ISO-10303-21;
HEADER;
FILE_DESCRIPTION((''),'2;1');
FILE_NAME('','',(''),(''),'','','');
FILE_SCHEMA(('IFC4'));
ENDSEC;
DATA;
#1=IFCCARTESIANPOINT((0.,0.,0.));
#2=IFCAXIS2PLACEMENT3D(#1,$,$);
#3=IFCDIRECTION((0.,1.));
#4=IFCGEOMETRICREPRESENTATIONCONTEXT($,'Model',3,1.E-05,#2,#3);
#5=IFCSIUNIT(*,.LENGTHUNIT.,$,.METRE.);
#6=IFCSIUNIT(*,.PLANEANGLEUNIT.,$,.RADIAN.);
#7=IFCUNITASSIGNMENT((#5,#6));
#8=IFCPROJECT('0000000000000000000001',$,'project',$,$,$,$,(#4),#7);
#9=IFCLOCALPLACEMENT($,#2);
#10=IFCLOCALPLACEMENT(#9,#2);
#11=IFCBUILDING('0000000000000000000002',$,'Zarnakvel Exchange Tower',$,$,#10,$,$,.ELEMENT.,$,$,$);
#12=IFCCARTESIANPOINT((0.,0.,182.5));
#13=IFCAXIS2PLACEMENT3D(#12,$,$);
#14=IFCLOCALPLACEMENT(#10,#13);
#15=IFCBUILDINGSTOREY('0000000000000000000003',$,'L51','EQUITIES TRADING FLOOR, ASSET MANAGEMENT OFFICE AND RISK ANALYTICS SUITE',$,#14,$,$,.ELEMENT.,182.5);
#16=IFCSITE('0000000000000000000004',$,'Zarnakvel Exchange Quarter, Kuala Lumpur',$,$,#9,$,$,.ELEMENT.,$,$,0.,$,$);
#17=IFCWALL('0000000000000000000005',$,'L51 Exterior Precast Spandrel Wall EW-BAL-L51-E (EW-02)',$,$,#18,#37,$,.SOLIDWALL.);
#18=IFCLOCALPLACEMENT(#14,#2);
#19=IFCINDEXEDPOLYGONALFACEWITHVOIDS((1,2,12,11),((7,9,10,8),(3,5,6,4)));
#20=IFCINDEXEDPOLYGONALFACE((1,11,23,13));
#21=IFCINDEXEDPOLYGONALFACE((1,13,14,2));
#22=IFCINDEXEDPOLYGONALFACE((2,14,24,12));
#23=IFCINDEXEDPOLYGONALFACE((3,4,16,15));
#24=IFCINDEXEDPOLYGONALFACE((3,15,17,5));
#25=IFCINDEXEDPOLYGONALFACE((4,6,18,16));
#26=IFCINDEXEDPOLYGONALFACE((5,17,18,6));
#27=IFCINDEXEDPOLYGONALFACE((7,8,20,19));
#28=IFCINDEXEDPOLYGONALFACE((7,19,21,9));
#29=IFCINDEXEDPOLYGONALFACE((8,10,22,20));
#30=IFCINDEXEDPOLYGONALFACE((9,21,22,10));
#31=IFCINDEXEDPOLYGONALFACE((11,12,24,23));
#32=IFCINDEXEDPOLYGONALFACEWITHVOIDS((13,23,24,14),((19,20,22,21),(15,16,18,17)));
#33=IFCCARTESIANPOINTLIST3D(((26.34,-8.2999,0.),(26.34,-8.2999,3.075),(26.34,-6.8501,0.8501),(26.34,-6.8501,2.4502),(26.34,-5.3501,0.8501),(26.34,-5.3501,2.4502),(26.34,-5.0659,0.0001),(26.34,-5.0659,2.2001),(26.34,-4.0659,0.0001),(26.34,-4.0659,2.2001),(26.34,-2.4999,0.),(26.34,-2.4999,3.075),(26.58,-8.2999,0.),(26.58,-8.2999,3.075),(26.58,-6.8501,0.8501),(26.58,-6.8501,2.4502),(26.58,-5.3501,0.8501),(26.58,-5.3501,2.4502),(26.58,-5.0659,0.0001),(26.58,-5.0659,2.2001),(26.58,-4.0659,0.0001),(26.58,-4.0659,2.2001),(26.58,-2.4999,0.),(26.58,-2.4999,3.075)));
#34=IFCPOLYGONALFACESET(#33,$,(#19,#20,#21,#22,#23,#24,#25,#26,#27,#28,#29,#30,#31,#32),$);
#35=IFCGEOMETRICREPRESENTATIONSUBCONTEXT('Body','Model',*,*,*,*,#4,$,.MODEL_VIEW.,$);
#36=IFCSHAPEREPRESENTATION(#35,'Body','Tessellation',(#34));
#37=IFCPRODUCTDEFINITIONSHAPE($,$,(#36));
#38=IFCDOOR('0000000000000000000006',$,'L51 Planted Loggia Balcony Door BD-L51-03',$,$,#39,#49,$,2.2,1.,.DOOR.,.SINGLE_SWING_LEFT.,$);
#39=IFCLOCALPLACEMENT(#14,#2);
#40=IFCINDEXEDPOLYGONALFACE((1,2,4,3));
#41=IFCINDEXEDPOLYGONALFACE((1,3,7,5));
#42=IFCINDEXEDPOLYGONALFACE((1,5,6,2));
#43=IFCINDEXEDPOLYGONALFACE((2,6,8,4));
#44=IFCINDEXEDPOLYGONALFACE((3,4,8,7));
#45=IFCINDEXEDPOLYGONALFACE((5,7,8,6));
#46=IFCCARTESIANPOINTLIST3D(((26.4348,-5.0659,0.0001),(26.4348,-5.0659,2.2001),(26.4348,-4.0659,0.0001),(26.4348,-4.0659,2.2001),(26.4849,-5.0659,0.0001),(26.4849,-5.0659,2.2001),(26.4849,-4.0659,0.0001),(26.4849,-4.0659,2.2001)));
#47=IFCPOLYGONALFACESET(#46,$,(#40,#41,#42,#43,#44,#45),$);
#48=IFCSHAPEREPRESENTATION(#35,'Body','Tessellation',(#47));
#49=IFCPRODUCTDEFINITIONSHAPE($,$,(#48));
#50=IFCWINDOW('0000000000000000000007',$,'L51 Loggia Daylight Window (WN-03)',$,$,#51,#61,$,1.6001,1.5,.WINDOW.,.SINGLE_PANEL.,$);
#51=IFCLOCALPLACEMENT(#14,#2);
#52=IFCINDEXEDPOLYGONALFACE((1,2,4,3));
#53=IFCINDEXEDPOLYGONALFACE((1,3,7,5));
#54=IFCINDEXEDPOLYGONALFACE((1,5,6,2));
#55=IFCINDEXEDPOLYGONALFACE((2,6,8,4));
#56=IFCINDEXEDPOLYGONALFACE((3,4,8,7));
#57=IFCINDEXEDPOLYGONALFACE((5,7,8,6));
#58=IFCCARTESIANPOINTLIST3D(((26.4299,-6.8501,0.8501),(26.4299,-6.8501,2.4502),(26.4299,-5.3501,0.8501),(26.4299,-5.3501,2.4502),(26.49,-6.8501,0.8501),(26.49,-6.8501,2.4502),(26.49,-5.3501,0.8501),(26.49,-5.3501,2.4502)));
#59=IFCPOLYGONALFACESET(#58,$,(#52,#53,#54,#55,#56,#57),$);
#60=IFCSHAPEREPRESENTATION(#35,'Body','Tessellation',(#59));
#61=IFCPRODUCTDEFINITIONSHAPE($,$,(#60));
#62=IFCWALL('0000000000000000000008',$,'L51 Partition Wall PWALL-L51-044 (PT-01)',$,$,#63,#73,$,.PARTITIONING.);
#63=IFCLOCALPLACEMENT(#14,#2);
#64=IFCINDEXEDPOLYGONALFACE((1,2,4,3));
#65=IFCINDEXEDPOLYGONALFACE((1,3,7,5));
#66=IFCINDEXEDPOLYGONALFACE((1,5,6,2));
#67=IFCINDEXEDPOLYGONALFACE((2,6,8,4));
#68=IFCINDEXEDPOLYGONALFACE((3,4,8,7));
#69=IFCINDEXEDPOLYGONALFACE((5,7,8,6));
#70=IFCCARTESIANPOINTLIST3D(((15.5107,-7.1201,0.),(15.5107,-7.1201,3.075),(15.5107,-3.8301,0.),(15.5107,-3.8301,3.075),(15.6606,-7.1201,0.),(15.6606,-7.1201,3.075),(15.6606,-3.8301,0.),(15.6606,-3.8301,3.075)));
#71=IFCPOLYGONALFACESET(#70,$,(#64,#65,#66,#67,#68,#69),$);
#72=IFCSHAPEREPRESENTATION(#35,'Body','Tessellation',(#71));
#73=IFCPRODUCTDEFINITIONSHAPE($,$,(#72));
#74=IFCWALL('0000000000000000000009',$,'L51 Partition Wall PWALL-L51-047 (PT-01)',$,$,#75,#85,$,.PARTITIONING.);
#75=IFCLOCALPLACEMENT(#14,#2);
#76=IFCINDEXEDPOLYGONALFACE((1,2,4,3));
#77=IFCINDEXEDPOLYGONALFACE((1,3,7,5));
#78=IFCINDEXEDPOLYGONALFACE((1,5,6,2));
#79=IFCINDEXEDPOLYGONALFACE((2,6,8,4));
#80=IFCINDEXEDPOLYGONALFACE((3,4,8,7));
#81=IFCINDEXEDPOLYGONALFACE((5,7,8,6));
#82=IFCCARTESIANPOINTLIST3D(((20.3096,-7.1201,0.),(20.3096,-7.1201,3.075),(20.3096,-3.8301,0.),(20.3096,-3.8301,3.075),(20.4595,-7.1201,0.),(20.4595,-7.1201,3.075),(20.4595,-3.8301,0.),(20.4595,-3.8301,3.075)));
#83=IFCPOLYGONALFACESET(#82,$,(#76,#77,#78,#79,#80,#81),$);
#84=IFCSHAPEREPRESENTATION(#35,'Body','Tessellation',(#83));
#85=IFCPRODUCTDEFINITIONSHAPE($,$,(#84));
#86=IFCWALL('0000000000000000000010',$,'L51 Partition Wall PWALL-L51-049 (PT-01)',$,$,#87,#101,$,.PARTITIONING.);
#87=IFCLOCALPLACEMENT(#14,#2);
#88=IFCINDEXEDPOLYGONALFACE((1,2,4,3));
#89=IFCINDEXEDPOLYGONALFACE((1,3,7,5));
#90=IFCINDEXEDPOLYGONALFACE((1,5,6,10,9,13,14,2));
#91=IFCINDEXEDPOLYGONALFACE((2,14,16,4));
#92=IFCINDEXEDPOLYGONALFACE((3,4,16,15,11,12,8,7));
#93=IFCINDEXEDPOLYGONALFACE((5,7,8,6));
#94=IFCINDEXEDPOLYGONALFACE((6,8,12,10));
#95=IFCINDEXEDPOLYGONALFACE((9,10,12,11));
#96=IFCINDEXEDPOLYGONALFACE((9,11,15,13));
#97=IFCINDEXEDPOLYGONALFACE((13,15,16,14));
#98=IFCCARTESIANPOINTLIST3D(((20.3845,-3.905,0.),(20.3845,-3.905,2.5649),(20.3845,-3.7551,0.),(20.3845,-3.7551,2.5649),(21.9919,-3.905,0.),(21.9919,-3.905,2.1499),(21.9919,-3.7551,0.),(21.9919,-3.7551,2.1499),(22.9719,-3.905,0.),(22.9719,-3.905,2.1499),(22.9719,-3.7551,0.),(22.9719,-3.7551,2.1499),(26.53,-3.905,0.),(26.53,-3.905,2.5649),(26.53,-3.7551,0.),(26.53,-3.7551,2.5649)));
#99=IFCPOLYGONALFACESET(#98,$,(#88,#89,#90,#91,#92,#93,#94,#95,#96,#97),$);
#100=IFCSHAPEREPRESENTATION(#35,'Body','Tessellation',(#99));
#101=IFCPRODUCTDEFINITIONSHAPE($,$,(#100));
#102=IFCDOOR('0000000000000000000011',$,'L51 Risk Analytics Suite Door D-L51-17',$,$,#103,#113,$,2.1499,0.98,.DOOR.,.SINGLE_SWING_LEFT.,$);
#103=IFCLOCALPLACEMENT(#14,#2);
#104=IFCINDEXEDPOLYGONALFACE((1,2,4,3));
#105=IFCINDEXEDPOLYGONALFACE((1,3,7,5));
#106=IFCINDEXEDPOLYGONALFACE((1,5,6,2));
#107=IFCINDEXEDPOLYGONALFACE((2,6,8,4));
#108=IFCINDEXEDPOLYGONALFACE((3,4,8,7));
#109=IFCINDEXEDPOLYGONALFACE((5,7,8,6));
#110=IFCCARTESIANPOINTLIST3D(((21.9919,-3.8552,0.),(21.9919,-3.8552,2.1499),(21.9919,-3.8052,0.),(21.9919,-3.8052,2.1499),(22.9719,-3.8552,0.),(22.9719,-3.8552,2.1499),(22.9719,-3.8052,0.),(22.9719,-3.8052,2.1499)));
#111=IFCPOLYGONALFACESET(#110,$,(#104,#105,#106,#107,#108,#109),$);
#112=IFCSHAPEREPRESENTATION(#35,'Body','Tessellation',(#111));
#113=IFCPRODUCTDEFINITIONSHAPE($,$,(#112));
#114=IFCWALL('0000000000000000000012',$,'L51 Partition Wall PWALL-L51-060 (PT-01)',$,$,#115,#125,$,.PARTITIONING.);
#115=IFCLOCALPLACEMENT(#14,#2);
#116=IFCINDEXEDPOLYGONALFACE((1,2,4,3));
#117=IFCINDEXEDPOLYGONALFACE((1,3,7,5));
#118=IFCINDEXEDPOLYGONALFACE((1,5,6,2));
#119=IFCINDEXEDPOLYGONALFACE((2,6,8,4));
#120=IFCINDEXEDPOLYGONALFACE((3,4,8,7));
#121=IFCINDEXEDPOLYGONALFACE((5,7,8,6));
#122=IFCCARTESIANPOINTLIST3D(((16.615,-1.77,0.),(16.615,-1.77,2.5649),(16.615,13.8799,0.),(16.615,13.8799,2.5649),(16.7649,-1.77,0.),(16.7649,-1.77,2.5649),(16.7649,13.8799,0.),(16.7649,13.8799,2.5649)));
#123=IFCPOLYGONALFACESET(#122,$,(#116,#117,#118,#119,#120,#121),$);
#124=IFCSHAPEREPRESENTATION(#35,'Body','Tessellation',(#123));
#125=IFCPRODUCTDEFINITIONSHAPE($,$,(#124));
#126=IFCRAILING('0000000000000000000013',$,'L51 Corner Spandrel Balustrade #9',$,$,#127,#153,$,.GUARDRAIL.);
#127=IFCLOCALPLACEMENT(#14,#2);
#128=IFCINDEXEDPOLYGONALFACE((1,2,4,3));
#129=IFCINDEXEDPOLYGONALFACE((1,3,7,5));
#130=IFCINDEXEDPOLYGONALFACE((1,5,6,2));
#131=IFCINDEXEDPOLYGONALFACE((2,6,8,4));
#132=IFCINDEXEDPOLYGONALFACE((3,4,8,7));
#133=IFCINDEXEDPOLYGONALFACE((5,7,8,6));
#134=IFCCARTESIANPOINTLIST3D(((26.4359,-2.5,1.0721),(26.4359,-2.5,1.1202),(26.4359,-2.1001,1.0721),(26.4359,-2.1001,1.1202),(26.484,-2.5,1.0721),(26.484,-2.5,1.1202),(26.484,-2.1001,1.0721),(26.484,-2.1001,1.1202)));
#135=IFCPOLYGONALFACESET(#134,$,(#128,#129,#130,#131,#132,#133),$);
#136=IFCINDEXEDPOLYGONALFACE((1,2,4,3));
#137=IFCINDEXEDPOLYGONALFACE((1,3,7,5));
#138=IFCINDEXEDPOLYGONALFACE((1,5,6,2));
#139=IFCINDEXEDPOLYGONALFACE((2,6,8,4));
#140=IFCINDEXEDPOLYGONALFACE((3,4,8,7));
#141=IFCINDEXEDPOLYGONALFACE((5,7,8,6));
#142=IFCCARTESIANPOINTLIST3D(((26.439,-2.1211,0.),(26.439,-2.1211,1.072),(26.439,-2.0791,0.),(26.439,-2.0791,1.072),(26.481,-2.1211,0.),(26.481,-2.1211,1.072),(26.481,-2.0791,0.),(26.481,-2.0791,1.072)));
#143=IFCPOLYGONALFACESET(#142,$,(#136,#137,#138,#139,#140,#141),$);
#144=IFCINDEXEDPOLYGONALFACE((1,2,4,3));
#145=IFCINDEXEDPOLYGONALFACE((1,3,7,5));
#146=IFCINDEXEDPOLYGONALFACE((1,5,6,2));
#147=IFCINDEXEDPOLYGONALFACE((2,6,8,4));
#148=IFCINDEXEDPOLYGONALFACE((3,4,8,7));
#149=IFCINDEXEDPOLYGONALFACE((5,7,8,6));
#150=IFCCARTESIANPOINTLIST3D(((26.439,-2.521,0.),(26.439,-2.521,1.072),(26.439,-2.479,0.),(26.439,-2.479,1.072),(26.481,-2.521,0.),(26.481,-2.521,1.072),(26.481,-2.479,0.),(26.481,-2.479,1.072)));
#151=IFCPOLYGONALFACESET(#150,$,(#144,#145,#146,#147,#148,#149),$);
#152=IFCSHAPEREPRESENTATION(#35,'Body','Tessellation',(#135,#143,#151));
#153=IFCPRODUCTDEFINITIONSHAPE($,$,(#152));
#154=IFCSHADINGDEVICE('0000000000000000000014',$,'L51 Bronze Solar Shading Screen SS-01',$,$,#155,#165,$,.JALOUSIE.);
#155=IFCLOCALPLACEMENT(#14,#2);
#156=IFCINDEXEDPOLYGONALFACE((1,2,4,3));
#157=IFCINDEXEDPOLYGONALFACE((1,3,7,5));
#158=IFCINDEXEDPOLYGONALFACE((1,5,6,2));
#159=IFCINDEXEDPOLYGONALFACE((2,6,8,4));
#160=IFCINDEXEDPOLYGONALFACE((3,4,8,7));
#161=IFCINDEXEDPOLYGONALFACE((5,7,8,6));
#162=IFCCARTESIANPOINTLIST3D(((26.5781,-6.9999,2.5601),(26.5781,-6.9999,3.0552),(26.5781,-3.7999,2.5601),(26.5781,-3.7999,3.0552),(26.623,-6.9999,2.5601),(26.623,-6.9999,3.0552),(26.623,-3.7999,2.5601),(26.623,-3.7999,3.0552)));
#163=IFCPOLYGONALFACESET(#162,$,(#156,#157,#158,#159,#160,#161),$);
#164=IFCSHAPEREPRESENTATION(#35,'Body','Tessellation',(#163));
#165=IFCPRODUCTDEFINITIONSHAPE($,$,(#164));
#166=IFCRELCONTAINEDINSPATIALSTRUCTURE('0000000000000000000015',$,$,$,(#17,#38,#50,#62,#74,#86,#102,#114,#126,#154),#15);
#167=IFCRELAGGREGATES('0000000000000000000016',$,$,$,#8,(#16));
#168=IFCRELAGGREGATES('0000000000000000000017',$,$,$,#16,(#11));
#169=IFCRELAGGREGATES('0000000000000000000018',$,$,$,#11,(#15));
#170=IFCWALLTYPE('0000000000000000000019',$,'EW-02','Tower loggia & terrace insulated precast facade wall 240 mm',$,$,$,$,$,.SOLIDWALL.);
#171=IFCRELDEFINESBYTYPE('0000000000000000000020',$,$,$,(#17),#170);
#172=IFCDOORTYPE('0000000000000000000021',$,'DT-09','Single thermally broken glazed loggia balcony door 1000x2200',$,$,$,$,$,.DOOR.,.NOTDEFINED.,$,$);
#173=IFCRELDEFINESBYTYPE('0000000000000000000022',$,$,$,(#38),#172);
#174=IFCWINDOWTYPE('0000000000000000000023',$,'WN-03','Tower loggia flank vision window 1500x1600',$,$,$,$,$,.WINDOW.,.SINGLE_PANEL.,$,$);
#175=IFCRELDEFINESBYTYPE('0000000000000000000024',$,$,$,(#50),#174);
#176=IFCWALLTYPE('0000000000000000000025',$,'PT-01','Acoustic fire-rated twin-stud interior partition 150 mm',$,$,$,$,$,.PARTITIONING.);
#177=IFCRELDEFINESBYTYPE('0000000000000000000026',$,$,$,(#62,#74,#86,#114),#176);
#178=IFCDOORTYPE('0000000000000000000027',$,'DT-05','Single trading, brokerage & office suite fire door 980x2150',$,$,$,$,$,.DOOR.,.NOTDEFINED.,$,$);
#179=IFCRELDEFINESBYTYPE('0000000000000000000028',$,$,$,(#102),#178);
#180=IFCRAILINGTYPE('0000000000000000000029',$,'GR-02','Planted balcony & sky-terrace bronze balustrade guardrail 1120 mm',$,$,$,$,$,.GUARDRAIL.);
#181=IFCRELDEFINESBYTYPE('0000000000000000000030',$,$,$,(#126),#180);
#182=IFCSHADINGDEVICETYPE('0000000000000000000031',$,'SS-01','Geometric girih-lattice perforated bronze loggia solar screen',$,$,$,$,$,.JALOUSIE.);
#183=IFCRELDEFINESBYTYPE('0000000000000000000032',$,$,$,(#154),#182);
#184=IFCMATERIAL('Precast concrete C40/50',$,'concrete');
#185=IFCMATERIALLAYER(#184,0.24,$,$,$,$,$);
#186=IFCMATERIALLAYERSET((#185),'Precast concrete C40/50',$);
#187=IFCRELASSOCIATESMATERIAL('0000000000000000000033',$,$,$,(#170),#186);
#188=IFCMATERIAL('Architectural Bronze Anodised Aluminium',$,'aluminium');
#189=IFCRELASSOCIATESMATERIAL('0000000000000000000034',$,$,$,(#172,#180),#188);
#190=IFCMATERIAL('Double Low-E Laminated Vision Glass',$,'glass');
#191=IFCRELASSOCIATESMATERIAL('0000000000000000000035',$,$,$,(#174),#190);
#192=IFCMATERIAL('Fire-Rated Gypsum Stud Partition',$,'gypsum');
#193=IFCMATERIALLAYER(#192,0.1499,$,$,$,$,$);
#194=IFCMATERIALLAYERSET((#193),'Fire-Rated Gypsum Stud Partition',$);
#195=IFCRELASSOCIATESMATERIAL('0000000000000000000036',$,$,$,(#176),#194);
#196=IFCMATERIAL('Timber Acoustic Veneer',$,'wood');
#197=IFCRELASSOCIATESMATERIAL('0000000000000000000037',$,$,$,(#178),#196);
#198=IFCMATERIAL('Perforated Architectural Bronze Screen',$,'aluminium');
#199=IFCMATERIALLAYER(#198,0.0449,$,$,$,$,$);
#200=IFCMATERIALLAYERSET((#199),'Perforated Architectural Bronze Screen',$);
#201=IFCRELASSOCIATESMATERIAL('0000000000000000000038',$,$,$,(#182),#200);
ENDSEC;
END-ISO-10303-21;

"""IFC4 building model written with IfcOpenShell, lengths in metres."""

from ifc_helpers import new_model, si_unit, direction, frame, frame_2d, origin, origin_2d, place, context, subcontext, project, spatial, rectangle, extrude, source, transform, mapped, material, layer, layer_set, type_object, element, fill, save


model = new_model("IFC4")

# Units and contexts
model_context = context("Model", 3, precision=1e-05, world=origin(), true_north=direction((0.0, 1.0)))
body_context = subcontext(model_context, "Body", "Model", "MODEL_VIEW")
ifc_project = project(units=[si_unit("LENGTHUNIT", "METRE"), si_unit("PLANEANGLEUNIT", "RADIAN")], contexts=[model_context])

# Site, building, storey
site_placement = place(None, origin())
site = spatial("IfcSite", under=ifc_project, at=site_placement, Name="Zarnakvel Exchange Quarter, Kuala Lumpur", CompositionType="ELEMENT", RefElevation=0.0)
building_placement = place(site_placement, origin())
building = spatial("IfcBuilding", under=site, at=building_placement, Name="Zarnakvel Exchange Tower", CompositionType="ELEMENT")
storey_placement = place(building_placement, frame((0.0, 0.0, 182.5)))
storey = spatial("IfcBuildingStorey", under=building, at=storey_placement, Name="L51", Description="EQUITIES TRADING FLOOR, ASSET MANAGEMENT OFFICE AND RISK ANALYTICS SUITE", CompositionType="ELEMENT", Elevation=182.5)

# Shared definitions
ifc_material_1 = material(Name="Architectural Bronze Anodised Aluminium", Category="aluminium")

# Wall, openings, door, window
ifc_material_2 = material(Name="Precast concrete C40/50", Category="concrete")
ifc_layer_1 = layer(ifc_material_2, 0.24)
ifc_layer_set_1 = layer_set([ifc_layer_1], Name="Precast concrete C40/50")
wall_type_1 = type_object("IfcWallType", Name="EW-02", Description="Tower loggia & terrace insulated precast facade wall 240 mm", PredefinedType="SOLIDWALL", material=ifc_layer_set_1)
wall_1_placement = place(storey_placement, frame((26.46, -2.5, 0.0), z_axis=(0.0, 0.0, 1.0), x_axis=(0.0, -1.0, 0.0)))
wall_1 = element("IfcWall", 1, at=wall_1_placement, inside=storey, type_object=wall_type_1, Name="L51 Exterior Precast Spandrel Wall EW-BAL-L51-E (EW-02)", PredefinedType="SOLIDWALL", context=body_context, shape_type="SweptSolid", body=[
    extrude(rectangle(XDim=5.8, YDim=0.24, at=frame_2d((2.8999, 0.0))), origin(), (0.0, 0.0, 1.0), 3.075),
])
opening_1_placement = place(wall_1_placement, frame((1.5659, 0.0, 0.0)))
opening_1 = element("IfcOpeningElement", 2, at=opening_1_placement, cuts=wall_1, PredefinedType="OPENING", context=body_context, shape_type="SweptSolid", body=[
    extrude(rectangle(XDim=1.0, YDim=2.2, at=frame_2d((0.5, 1.1001))), frame((0.0, 0.1299, 0.0), z_axis=(0.0, -1.0, 0.0), x_axis=(1.0, 0.0, 0.0)), (0.0, 0.0, 1.0), 0.26),
])
opening_2_placement = place(wall_1_placement, frame((2.8501, 0.0, 0.8501)))
opening_2 = element("IfcOpeningElement", 3, at=opening_2_placement, cuts=wall_1, PredefinedType="OPENING", context=body_context, shape_type="SweptSolid", body=[
    extrude(rectangle(XDim=1.5, YDim=1.6001, at=frame_2d((0.75, 0.8))), frame((0.0, 0.1299, 0.0), z_axis=(0.0, -1.0, 0.0), x_axis=(1.0, 0.0, 0.0)), (0.0, 0.0, 1.0), 0.26),
])
door_type_1 = type_object("IfcDoorType", Name="DT-09", Description="Single thermally broken glazed loggia balcony door 1000x2200", OperationType="NOTDEFINED", PredefinedType="DOOR", material=ifc_material_1)
shared_shape_1 = source(origin(), body_context, "Body", "SweptSolid", [
    extrude(rectangle(XDim=1.0, YDim=2.2, at=frame_2d((0.5, 1.1001))), frame((0.0, 0.0249, 0.0), z_axis=(0.0, -1.0, 0.0), x_axis=(1.0, 0.0, 0.0)), (0.0, 0.0, 1.0), 0.05),
])
door_1_placement = place(opening_1_placement, origin())
door_1 = element("IfcDoor", 4, at=door_1_placement, inside=storey, type_object=door_type_1, Name="L51 Planted Loggia Balcony Door BD-L51-03", OperationType="SINGLE_SWING_LEFT", OverallHeight=2.2, OverallWidth=1.0, PredefinedType="DOOR", context=body_context, shape_type="MappedRepresentation", body=[
    mapped(shared_shape_1, transform((0.0, 0.0, 0.0), x_axis=(1.0, 0.0, 0.0), y_axis=(0.0, 1.0, 0.0), z_axis=(0.0, 0.0, 1.0), scale=1.0)),
])
fill(opening_1, door_1)
ifc_material_3 = material(Name="Double Low-E Laminated Vision Glass", Category="glass")
window_type = type_object("IfcWindowType", Name="WN-03", Description="Tower loggia flank vision window 1500x1600", PartitioningType="SINGLE_PANEL", PredefinedType="WINDOW", material=ifc_material_3)
shared_shape_2 = source(origin(), body_context, "Body", "SweptSolid", [
    extrude(rectangle(XDim=1.5, YDim=1.6001, at=frame_2d((0.75, 0.8))), frame((0.0, 0.03, 0.0), z_axis=(0.0, -1.0, 0.0), x_axis=(1.0, 0.0, 0.0)), (0.0, 0.0, 1.0), 0.0601),
])
window_placement = place(opening_2_placement, origin())
window = element("IfcWindow", 5, at=window_placement, inside=storey, type_object=window_type, Name="L51 Loggia Daylight Window (WN-03)", OverallHeight=1.6001, OverallWidth=1.5, PartitioningType="SINGLE_PANEL", PredefinedType="WINDOW", context=body_context, shape_type="MappedRepresentation", body=[
    mapped(shared_shape_2, transform((0.0, 0.0, 0.0), x_axis=(1.0, 0.0, 0.0), y_axis=(0.0, 1.0, 0.0), z_axis=(0.0, 0.0, 1.0), scale=1.0)),
])
fill(opening_2, window)

# Wall
ifc_material_4 = material(Name="Fire-Rated Gypsum Stud Partition", Category="gypsum")
ifc_layer_2 = layer(ifc_material_4, 0.1499)
ifc_layer_set_2 = layer_set([ifc_layer_2], Name="Fire-Rated Gypsum Stud Partition")
wall_type_2 = type_object("IfcWallType", Name="PT-01", Description="Acoustic fire-rated twin-stud interior partition 150 mm", PredefinedType="PARTITIONING", material=ifc_layer_set_2)
wall_2_placement = place(storey_placement, frame((15.5857, -3.8301, 0.0), z_axis=(0.0, 0.0, 1.0), x_axis=(0.0, -1.0, 0.0)))
element("IfcWall", 6, at=wall_2_placement, inside=storey, type_object=wall_type_2, Name="L51 Partition Wall PWALL-L51-044 (PT-01)", PredefinedType="PARTITIONING", context=body_context, shape_type="SweptSolid", body=[
    extrude(rectangle(XDim=3.29, YDim=0.1499, at=frame_2d((1.645, 0.0))), origin(), (0.0, 0.0, 1.0), 3.075),
])

# Shared definitions
ifc_material_5 = material(Name="Timber Acoustic Veneer", Category="wood")
door_type_2 = type_object("IfcDoorType", Name="DT-05", Description="Single trading, brokerage & office suite fire door 980x2150", OperationType="NOTDEFINED", PredefinedType="DOOR", material=ifc_material_5)
shared_shape_3 = source(origin(), body_context, "Body", "SweptSolid", [
    extrude(rectangle(XDim=0.98, YDim=2.1499, at=frame_2d((0.49, 1.075))), frame((0.0, 0.0249, 0.0), z_axis=(0.0, -1.0, 0.0), x_axis=(1.0, 0.0, 0.0)), (0.0, 0.0, 1.0), 0.05),
])

# Wall
wall_3_placement = place(storey_placement, frame((20.3845, -3.8301, 0.0), z_axis=(0.0, 0.0, 1.0), x_axis=(0.0, -1.0, 0.0)))
element("IfcWall", 7, at=wall_3_placement, inside=storey, type_object=wall_type_2, Name="L51 Partition Wall PWALL-L51-047 (PT-01)", PredefinedType="PARTITIONING", context=body_context, shape_type="SweptSolid", body=[
    extrude(rectangle(XDim=3.29, YDim=0.1499, at=frame_2d((1.645, 0.0))), origin(), (0.0, 0.0, 1.0), 3.075),
])

# Wall, opening, door
wall_4_placement = place(storey_placement, frame((20.3845, -3.8301, 0.0), z_axis=(0.0, 0.0, 1.0), x_axis=(1.0, 0.0, 0.0)))
wall_4 = element("IfcWall", 8, at=wall_4_placement, inside=storey, type_object=wall_type_2, Name="L51 Partition Wall PWALL-L51-049 (PT-01)", PredefinedType="PARTITIONING", context=body_context, shape_type="SweptSolid", body=[
    extrude(rectangle(XDim=6.1455, YDim=0.1499, at=frame_2d((3.0728, 0.0))), origin(), (0.0, 0.0, 1.0), 2.5649),
])
opening_3_placement = place(wall_4_placement, frame((1.6074, 0.0, 0.0)))
opening_3 = element("IfcOpeningElement", 9, at=opening_3_placement, cuts=wall_4, PredefinedType="OPENING", context=body_context, shape_type="SweptSolid", body=[
    extrude(rectangle(XDim=0.98, YDim=2.1499, at=frame_2d((0.49, 1.075))), frame((0.0, 0.085, 0.0), z_axis=(0.0, -1.0, 0.0), x_axis=(1.0, 0.0, 0.0)), (0.0, 0.0, 1.0), 0.1699),
])
door_2_placement = place(opening_3_placement, origin())
door_2 = element("IfcDoor", 10, at=door_2_placement, inside=storey, type_object=door_type_2, Name="L51 Risk Analytics Suite Door D-L51-17", OperationType="SINGLE_SWING_LEFT", OverallHeight=2.1499, OverallWidth=0.98, PredefinedType="DOOR", context=body_context, shape_type="MappedRepresentation", body=[
    mapped(shared_shape_3, transform((0.0, 0.0, 0.0), x_axis=(1.0, 0.0, 0.0), y_axis=(0.0, 1.0, 0.0), z_axis=(0.0, 0.0, 1.0), scale=1.0)),
])
fill(opening_3, door_2)

# Wall
wall_5_placement = place(storey_placement, frame((16.6899, -1.77, 0.0), z_axis=(0.0, 0.0, 1.0), x_axis=(0.0, 1.0, 0.0)))
element("IfcWall", 11, at=wall_5_placement, inside=storey, type_object=wall_type_2, Name="L51 Partition Wall PWALL-L51-060 (PT-01)", PredefinedType="PARTITIONING", context=body_context, shape_type="SweptSolid", body=[
    extrude(rectangle(XDim=15.6499, YDim=0.1499, at=frame_2d((7.825, 0.0))), origin(), (0.0, 0.0, 1.0), 2.5649),
])

# Railing
railing_type = type_object("IfcRailingType", Name="GR-02", Description="Planted balcony & sky-terrace bronze balustrade guardrail 1120 mm", PredefinedType="GUARDRAIL", material=ifc_material_1)
railing_placement = place(storey_placement, frame((26.46, -2.1001, 0.0)))
element("IfcRailing", 12, at=railing_placement, inside=storey, type_object=railing_type, Name="L51 Corner Spandrel Balustrade #9", PredefinedType="GUARDRAIL", context=body_context, shape_type="SweptSolid", body=[
    extrude(rectangle(XDim=0.0481, YDim=0.0481, at=origin_2d()), frame((0.0, 0.0, 1.0962), z_axis=(0.0, -1.0, 0.0), x_axis=(1.0, 0.0, 0.0)), (0.0, 0.0, 1.0), 0.3999),
    extrude(rectangle(XDim=0.042, YDim=0.042, at=origin_2d()), origin(), (0.0, 0.0, 1.0), 1.072),
    extrude(rectangle(XDim=0.042, YDim=0.042, at=origin_2d()), frame((0.0, -0.3999, 0.0)), (0.0, 0.0, 1.0), 1.072),
])

# Shading device
ifc_material_6 = material(Name="Perforated Architectural Bronze Screen", Category="aluminium")
ifc_layer_3 = layer(ifc_material_6, 0.0449)
ifc_layer_set_3 = layer_set([ifc_layer_3], Name="Perforated Architectural Bronze Screen")
shading_device_type = type_object("IfcShadingDeviceType", Name="SS-01", Description="Geometric girih-lattice perforated bronze loggia solar screen", PredefinedType="JALOUSIE", material=ifc_layer_set_3)
shared_shape_4 = source(origin(), body_context, "Body", "SweptSolid", [
    extrude(rectangle(XDim=3.2, YDim=0.0449, at=origin_2d()), origin(), (0.0, 0.0, 1.0), 0.4951),
])
shading_device_placement = place(storey_placement, frame((26.6006, -5.3999, 2.5601), z_axis=(0.0, 0.0, 1.0), x_axis=(0.0, -1.0, 0.0)))
element("IfcShadingDevice", 13, at=shading_device_placement, inside=storey, type_object=shading_device_type, Name="L51 Bronze Solar Shading Screen SS-01", PredefinedType="JALOUSIE", context=body_context, shape_type="MappedRepresentation", body=[
    mapped(shared_shape_4, transform((0.0, 0.0, 0.0), x_axis=(1.0, 0.0, 0.0), y_axis=(0.0, 1.0, 0.0), z_axis=(0.0, 0.0, 1.0), scale=1.0)),
])

save(model, "model.ifc")
